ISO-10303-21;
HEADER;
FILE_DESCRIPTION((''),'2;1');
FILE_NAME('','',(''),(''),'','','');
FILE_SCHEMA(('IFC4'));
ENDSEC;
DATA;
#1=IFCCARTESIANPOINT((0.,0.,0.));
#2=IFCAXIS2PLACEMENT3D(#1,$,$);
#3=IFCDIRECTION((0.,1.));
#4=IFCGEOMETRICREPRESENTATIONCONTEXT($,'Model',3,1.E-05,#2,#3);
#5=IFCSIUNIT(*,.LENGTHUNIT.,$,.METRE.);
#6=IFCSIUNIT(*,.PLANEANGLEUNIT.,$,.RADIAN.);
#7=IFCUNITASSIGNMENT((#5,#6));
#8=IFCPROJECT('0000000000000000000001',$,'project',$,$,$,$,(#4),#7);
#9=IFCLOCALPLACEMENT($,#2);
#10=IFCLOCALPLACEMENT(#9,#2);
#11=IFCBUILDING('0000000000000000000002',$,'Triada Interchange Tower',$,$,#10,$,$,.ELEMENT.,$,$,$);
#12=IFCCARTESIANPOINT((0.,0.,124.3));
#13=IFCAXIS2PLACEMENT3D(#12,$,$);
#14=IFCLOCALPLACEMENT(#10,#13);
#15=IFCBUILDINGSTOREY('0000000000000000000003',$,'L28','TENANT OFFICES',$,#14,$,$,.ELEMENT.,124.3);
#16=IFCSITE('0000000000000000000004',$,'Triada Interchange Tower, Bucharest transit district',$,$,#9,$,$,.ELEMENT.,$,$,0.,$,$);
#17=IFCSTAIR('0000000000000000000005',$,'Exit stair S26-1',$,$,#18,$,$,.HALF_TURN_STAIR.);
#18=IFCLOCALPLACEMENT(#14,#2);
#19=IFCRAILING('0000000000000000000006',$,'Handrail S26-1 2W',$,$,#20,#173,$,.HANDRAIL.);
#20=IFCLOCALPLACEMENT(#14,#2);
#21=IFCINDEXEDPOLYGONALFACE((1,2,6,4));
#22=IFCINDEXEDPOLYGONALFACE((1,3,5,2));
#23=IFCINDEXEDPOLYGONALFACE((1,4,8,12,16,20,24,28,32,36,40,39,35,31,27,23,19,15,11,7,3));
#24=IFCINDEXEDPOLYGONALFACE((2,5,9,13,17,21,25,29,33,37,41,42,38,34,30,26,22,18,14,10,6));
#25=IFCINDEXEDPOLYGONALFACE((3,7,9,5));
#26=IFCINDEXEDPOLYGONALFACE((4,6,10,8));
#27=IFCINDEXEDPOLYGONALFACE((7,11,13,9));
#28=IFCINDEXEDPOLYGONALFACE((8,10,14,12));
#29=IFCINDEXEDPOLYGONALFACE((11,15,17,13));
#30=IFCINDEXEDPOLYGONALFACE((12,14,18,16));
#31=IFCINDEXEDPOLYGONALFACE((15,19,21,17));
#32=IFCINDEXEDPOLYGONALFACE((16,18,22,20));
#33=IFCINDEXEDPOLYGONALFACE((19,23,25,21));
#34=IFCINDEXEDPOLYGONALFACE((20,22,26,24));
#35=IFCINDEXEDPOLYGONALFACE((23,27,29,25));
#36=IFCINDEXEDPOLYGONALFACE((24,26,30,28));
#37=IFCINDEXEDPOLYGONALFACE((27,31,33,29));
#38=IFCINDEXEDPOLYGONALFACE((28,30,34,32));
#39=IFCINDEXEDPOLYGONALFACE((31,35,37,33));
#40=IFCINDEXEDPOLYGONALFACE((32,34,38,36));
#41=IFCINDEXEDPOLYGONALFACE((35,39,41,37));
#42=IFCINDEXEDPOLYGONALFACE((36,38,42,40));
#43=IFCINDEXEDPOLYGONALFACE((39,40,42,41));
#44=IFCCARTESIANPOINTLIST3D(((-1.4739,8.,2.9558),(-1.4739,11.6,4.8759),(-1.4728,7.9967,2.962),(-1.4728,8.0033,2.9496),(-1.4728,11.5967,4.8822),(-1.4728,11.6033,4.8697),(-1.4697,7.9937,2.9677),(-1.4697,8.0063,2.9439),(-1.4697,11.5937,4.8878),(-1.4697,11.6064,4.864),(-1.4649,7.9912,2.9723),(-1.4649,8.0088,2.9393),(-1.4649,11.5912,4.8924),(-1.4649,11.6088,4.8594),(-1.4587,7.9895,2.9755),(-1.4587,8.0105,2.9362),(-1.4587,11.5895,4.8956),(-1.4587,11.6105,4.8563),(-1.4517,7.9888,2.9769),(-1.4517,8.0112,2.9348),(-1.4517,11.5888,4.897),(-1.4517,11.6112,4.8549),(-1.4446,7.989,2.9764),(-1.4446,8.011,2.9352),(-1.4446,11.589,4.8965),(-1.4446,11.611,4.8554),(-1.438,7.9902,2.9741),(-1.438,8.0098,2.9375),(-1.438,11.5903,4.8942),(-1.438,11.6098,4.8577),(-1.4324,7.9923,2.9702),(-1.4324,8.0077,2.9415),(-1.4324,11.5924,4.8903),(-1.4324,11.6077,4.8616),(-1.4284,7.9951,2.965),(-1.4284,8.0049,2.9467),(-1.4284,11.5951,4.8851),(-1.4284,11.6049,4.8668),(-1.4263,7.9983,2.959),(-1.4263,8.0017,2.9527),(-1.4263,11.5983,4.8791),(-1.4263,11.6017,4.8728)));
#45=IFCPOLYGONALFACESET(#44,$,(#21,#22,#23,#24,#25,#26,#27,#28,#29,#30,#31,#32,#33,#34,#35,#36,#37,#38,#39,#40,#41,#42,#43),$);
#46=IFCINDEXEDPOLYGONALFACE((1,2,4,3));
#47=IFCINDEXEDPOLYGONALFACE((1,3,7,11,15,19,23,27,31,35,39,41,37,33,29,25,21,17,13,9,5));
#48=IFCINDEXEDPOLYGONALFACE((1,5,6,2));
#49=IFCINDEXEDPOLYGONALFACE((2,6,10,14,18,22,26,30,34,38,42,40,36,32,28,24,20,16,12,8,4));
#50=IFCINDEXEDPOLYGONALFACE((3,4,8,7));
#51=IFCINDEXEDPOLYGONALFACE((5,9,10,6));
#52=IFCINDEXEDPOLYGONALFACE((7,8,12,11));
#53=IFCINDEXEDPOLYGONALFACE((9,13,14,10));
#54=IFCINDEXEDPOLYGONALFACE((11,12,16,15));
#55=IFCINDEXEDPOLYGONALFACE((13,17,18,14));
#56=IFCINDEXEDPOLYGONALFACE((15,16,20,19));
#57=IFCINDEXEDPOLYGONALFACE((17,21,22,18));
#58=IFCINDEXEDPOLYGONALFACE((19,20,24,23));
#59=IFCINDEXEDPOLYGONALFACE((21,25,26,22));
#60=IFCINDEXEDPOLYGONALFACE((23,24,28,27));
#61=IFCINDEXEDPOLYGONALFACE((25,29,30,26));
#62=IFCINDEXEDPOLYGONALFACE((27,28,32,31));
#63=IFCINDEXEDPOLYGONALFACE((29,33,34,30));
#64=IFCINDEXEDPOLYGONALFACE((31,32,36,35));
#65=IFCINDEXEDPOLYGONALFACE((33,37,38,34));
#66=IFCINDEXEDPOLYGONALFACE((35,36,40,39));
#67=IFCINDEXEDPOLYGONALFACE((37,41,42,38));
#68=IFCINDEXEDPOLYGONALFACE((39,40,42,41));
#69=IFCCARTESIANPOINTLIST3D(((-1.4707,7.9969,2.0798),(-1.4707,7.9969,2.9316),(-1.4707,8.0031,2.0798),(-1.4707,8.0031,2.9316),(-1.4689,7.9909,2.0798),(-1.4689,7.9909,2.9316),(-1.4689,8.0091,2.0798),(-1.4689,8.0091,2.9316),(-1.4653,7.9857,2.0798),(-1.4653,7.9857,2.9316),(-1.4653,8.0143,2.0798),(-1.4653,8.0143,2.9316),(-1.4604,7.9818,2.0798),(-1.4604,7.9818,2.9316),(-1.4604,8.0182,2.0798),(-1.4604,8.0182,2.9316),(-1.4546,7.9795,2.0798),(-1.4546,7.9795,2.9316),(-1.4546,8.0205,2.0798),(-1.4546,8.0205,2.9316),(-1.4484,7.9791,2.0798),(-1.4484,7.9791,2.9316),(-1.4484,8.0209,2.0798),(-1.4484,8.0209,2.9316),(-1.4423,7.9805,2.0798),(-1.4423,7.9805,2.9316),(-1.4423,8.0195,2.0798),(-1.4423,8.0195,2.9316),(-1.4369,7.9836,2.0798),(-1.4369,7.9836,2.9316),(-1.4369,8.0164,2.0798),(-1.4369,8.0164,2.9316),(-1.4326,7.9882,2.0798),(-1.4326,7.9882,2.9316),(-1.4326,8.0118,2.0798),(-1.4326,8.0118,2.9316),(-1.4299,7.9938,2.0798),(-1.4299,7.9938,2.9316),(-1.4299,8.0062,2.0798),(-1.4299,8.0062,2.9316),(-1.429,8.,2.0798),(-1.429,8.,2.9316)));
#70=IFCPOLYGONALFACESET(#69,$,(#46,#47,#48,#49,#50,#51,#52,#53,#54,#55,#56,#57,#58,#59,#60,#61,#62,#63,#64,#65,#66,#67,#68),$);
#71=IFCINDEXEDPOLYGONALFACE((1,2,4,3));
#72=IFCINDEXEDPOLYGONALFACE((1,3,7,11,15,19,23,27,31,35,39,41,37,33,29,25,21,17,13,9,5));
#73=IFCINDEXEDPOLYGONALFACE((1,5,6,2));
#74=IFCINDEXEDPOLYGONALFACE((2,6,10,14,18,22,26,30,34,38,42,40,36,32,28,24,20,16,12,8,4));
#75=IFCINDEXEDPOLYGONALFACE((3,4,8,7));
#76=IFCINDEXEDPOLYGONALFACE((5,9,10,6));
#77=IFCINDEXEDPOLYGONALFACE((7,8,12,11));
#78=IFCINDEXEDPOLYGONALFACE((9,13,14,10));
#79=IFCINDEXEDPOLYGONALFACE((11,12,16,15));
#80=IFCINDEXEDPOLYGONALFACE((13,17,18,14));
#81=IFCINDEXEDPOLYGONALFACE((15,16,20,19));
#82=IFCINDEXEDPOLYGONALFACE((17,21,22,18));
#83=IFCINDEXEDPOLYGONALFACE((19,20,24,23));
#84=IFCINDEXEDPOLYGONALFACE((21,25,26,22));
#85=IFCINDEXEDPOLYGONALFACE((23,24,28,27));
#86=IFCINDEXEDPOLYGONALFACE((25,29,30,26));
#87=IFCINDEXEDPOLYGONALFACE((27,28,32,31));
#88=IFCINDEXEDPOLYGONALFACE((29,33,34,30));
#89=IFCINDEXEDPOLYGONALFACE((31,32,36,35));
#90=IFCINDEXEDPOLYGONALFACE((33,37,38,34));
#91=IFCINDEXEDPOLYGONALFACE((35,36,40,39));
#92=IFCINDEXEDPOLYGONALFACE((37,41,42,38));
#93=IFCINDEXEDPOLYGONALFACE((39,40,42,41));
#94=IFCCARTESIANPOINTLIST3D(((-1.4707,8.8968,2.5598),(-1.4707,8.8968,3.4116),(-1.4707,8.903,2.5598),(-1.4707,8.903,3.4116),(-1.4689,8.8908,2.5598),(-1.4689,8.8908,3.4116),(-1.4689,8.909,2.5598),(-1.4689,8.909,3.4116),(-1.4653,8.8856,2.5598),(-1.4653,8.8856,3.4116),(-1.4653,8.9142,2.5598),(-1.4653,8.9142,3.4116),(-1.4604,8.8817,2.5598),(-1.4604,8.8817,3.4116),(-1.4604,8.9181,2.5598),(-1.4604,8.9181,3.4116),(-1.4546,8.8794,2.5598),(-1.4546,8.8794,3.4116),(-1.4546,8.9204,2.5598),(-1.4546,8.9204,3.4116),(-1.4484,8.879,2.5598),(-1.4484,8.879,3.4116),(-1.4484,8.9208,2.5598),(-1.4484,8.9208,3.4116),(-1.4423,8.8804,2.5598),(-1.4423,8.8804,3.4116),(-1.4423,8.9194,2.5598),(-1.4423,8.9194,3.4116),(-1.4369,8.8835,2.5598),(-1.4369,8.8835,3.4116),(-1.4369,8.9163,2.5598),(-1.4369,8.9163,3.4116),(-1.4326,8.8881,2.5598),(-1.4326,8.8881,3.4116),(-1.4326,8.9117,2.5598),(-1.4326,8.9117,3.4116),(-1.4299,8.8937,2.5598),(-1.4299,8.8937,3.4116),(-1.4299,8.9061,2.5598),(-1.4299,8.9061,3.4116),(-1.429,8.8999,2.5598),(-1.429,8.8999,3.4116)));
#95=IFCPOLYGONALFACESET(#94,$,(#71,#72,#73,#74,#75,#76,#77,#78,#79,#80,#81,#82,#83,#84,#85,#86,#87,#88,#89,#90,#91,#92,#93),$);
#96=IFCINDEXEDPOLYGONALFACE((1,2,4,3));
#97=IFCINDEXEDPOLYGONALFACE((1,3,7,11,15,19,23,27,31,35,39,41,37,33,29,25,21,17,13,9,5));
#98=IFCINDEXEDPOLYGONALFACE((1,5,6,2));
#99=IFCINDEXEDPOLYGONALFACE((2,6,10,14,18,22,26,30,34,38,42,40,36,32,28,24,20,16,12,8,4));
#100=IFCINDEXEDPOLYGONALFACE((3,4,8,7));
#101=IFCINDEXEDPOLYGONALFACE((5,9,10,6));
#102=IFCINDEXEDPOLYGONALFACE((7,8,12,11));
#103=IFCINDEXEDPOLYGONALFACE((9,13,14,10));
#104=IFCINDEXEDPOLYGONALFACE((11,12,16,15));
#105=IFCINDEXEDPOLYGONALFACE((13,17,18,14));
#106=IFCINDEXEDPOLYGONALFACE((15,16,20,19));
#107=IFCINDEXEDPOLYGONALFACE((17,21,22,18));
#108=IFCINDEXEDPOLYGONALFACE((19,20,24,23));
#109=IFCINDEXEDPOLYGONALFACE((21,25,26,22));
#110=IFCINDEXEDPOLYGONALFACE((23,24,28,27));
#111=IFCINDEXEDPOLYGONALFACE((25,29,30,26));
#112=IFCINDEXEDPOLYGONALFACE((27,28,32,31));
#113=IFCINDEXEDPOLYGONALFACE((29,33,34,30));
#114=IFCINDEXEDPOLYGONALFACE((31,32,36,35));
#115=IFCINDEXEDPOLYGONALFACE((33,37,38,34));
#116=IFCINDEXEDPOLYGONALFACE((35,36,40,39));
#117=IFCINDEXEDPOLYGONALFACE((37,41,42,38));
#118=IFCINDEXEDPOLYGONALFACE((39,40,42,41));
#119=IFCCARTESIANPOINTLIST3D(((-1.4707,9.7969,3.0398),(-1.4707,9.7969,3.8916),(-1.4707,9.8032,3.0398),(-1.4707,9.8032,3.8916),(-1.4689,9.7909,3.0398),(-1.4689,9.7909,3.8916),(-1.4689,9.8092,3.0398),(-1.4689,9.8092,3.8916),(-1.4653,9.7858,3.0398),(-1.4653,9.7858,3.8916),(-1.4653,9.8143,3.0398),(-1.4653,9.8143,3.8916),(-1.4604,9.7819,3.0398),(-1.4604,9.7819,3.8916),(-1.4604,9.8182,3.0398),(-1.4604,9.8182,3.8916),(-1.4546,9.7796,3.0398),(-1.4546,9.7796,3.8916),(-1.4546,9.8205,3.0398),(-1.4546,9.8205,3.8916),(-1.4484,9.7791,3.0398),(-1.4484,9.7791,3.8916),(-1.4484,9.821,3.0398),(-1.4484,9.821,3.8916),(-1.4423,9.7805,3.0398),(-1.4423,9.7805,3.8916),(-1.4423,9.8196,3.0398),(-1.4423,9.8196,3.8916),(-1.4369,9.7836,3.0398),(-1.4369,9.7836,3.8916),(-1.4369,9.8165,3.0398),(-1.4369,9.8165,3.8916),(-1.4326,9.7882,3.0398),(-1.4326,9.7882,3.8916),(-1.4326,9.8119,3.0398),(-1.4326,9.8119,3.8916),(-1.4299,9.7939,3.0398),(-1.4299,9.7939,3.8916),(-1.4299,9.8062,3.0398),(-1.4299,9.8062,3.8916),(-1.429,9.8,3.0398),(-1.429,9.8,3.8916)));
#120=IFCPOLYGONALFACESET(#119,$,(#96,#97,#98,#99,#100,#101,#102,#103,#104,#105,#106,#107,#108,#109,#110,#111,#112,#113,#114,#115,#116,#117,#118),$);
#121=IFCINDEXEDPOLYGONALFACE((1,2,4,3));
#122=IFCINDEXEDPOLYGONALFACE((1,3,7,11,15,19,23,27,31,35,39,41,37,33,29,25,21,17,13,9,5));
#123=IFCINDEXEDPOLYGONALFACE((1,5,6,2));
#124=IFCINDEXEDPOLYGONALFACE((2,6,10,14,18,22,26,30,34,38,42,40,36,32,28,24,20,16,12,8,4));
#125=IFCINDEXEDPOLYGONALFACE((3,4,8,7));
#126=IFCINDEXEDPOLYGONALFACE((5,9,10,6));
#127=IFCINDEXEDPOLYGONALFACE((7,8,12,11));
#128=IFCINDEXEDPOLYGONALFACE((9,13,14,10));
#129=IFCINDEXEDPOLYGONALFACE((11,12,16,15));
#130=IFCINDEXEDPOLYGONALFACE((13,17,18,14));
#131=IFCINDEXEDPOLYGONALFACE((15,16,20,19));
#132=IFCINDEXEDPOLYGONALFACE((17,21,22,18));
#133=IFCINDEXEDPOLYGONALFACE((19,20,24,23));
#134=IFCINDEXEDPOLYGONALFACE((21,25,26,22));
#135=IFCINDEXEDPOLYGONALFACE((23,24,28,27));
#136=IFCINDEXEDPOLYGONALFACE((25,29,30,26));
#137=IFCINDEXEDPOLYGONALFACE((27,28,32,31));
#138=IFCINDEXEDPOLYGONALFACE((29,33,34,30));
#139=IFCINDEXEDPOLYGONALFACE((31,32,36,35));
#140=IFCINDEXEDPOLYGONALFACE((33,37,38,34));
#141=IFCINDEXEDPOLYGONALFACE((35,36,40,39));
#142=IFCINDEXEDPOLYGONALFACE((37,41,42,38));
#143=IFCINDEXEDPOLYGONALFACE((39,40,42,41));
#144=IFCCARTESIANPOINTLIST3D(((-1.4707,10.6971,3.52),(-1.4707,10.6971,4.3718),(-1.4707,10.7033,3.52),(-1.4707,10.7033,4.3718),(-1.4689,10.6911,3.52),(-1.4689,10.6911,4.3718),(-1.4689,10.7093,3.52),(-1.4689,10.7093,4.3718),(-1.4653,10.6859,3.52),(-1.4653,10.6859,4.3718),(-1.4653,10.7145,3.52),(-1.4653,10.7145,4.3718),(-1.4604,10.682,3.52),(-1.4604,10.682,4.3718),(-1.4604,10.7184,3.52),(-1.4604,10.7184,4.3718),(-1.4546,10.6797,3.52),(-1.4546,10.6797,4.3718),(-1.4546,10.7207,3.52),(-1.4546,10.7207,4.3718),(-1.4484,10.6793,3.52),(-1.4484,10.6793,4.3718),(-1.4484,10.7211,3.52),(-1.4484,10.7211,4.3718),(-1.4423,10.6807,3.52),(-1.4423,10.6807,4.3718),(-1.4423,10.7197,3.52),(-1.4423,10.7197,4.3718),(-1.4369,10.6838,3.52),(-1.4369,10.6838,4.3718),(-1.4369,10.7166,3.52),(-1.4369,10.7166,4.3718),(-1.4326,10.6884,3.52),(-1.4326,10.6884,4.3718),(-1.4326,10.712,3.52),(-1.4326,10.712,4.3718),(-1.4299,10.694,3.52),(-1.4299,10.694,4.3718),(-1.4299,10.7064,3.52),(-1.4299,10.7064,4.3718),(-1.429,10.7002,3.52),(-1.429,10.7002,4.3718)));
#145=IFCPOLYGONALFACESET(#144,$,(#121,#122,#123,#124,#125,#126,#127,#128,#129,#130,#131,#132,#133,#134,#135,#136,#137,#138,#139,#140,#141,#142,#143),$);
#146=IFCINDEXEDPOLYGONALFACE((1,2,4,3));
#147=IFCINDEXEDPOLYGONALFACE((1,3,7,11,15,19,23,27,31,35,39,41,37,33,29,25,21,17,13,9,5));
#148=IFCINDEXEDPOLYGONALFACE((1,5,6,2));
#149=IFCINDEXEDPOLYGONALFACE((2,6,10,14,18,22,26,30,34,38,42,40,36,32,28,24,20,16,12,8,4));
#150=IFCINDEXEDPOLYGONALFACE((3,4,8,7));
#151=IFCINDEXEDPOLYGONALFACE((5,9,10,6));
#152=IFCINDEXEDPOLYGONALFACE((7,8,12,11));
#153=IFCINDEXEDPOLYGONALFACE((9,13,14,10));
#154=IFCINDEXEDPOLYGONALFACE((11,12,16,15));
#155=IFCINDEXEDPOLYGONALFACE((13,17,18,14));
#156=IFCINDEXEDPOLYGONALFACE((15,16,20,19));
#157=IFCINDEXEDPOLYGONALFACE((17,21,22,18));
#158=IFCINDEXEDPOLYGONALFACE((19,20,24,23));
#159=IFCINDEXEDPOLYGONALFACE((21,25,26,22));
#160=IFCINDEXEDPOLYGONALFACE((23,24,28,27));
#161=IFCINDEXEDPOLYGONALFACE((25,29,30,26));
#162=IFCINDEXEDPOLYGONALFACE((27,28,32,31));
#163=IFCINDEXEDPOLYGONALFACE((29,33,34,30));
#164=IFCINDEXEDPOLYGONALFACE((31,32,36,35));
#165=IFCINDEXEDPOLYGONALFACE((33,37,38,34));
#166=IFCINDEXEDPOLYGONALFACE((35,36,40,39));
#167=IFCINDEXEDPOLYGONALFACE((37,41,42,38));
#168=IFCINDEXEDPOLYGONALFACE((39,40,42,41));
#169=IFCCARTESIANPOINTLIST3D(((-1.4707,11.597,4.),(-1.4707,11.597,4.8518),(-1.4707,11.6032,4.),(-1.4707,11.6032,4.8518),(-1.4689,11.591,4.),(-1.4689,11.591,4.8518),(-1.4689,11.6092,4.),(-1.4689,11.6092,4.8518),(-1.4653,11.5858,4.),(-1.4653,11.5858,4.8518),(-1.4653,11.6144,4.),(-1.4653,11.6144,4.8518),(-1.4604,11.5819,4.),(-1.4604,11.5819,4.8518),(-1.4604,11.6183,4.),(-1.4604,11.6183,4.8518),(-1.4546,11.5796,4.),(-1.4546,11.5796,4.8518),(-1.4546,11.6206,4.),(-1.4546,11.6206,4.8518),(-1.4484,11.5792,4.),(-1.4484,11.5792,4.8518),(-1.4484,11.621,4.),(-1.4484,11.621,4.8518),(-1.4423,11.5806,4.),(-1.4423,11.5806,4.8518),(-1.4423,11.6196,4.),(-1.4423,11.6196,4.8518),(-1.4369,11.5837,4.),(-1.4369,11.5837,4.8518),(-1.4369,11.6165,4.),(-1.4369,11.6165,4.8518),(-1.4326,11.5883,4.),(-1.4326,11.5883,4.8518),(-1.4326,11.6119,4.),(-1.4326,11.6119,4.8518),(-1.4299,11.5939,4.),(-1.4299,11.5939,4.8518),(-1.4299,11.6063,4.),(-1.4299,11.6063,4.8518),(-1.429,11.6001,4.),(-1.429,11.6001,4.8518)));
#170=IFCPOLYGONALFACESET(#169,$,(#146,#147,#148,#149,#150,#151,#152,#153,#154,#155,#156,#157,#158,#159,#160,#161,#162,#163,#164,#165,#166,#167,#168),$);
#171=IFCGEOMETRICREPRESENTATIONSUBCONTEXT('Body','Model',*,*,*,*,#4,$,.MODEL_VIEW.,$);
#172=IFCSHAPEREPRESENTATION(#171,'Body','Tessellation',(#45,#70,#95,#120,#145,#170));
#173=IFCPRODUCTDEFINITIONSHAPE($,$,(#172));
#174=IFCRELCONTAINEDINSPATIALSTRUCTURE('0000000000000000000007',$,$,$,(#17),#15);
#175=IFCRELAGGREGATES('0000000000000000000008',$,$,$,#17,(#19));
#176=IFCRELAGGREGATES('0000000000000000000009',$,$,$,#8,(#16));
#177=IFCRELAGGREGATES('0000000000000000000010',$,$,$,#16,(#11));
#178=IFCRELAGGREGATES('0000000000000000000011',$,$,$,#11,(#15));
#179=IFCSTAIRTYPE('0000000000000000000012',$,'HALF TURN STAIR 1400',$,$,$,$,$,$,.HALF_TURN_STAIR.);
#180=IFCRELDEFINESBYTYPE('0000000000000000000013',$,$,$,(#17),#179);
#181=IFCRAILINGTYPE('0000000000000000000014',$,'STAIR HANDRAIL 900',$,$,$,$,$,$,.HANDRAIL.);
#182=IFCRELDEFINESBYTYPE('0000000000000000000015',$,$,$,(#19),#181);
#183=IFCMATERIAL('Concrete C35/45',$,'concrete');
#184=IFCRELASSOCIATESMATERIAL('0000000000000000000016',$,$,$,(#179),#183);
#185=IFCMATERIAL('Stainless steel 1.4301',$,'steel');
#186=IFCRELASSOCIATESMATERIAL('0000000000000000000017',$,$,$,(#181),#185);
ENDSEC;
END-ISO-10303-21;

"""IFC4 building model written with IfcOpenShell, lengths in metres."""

from ifc_helpers import new_model, si_unit, direction, frame, origin, origin_2d, place, context, subcontext, project, spatial, circle, extrude, material, type_object, element, aggregate, save


model = new_model("IFC4")

# Units and contexts
model_context = context("Model", 3, precision=1e-05, world=origin(), true_north=direction((0.0, 1.0)))
body_context = subcontext(model_context, "Body", "Model", "MODEL_VIEW")
ifc_project = project(units=[si_unit("LENGTHUNIT", "METRE"), si_unit("PLANEANGLEUNIT", "RADIAN")], contexts=[model_context])

# Site, building, storey
site_placement = place(None, origin())
site = spatial("IfcSite", under=ifc_project, at=site_placement, Name="Triada Interchange Tower, Bucharest transit district", CompositionType="ELEMENT", RefElevation=0.0)
building_placement = place(site_placement, origin())
building = spatial("IfcBuilding", under=site, at=building_placement, Name="Triada Interchange Tower", CompositionType="ELEMENT")
storey_placement = place(building_placement, frame((0.0, 0.0, 124.3)))
storey = spatial("IfcBuildingStorey", under=building, at=storey_placement, Name="L28", Description="TENANT OFFICES", CompositionType="ELEMENT", Elevation=124.3)

# Stair, railing
ifc_material_1 = material(Name="Concrete C35/45", Category="concrete")
stair_type = type_object("IfcStairType", Name="HALF TURN STAIR 1400", PredefinedType="HALF_TURN_STAIR", material=ifc_material_1)
stair_placement = place(storey_placement, origin())
stair = element("IfcStair", 1, at=stair_placement, inside=storey, type_object=stair_type, Name="Exit stair S26-1", PredefinedType="HALF_TURN_STAIR")
ifc_material_2 = material(Name="Stainless steel 1.4301", Category="steel")
railing_type = type_object("IfcRailingType", Name="STAIR HANDRAIL 900", PredefinedType="HANDRAIL", material=ifc_material_2)
railing_1_placement = place(storey_placement, frame((-1.45, 8.0, 2.0798)))
railing_1 = element("IfcRailing", 2, at=railing_1_placement, type_object=railing_type, Name="Handrail S26-1 2W", PredefinedType="HANDRAIL", context=body_context, shape_type="SweptSolid", body=[
    extrude(circle(Radius=0.0239, at=origin_2d()), frame((0.0, 0.0, 0.876), z_axis=(0.0, 0.882341, 0.47061), x_axis=(-1.0, 0.0, 0.0)), (0.0, 0.0, 1.0), 4.0801),
    extrude(circle(Radius=0.021, at=origin_2d()), origin(), (0.0, 0.0, 1.0), 0.8518),
    extrude(circle(Radius=0.021, at=origin_2d()), frame((0.0, 0.8999, 0.48)), (0.0, 0.0, 1.0), 0.8518),
    extrude(circle(Radius=0.021, at=origin_2d()), frame((0.0, 1.8, 0.96)), (0.0, 0.0, 1.0), 0.8518),
    extrude(circle(Radius=0.021, at=origin_2d()), frame((0.0, 2.7002, 1.4402)), (0.0, 0.0, 1.0), 0.8518),
    extrude(circle(Radius=0.021, at=origin_2d()), frame((0.0, 3.6001, 1.9202)), (0.0, 0.0, 1.0), 0.8518),
])
aggregate(stair, [railing_1])

save(model, "model.ifc")
